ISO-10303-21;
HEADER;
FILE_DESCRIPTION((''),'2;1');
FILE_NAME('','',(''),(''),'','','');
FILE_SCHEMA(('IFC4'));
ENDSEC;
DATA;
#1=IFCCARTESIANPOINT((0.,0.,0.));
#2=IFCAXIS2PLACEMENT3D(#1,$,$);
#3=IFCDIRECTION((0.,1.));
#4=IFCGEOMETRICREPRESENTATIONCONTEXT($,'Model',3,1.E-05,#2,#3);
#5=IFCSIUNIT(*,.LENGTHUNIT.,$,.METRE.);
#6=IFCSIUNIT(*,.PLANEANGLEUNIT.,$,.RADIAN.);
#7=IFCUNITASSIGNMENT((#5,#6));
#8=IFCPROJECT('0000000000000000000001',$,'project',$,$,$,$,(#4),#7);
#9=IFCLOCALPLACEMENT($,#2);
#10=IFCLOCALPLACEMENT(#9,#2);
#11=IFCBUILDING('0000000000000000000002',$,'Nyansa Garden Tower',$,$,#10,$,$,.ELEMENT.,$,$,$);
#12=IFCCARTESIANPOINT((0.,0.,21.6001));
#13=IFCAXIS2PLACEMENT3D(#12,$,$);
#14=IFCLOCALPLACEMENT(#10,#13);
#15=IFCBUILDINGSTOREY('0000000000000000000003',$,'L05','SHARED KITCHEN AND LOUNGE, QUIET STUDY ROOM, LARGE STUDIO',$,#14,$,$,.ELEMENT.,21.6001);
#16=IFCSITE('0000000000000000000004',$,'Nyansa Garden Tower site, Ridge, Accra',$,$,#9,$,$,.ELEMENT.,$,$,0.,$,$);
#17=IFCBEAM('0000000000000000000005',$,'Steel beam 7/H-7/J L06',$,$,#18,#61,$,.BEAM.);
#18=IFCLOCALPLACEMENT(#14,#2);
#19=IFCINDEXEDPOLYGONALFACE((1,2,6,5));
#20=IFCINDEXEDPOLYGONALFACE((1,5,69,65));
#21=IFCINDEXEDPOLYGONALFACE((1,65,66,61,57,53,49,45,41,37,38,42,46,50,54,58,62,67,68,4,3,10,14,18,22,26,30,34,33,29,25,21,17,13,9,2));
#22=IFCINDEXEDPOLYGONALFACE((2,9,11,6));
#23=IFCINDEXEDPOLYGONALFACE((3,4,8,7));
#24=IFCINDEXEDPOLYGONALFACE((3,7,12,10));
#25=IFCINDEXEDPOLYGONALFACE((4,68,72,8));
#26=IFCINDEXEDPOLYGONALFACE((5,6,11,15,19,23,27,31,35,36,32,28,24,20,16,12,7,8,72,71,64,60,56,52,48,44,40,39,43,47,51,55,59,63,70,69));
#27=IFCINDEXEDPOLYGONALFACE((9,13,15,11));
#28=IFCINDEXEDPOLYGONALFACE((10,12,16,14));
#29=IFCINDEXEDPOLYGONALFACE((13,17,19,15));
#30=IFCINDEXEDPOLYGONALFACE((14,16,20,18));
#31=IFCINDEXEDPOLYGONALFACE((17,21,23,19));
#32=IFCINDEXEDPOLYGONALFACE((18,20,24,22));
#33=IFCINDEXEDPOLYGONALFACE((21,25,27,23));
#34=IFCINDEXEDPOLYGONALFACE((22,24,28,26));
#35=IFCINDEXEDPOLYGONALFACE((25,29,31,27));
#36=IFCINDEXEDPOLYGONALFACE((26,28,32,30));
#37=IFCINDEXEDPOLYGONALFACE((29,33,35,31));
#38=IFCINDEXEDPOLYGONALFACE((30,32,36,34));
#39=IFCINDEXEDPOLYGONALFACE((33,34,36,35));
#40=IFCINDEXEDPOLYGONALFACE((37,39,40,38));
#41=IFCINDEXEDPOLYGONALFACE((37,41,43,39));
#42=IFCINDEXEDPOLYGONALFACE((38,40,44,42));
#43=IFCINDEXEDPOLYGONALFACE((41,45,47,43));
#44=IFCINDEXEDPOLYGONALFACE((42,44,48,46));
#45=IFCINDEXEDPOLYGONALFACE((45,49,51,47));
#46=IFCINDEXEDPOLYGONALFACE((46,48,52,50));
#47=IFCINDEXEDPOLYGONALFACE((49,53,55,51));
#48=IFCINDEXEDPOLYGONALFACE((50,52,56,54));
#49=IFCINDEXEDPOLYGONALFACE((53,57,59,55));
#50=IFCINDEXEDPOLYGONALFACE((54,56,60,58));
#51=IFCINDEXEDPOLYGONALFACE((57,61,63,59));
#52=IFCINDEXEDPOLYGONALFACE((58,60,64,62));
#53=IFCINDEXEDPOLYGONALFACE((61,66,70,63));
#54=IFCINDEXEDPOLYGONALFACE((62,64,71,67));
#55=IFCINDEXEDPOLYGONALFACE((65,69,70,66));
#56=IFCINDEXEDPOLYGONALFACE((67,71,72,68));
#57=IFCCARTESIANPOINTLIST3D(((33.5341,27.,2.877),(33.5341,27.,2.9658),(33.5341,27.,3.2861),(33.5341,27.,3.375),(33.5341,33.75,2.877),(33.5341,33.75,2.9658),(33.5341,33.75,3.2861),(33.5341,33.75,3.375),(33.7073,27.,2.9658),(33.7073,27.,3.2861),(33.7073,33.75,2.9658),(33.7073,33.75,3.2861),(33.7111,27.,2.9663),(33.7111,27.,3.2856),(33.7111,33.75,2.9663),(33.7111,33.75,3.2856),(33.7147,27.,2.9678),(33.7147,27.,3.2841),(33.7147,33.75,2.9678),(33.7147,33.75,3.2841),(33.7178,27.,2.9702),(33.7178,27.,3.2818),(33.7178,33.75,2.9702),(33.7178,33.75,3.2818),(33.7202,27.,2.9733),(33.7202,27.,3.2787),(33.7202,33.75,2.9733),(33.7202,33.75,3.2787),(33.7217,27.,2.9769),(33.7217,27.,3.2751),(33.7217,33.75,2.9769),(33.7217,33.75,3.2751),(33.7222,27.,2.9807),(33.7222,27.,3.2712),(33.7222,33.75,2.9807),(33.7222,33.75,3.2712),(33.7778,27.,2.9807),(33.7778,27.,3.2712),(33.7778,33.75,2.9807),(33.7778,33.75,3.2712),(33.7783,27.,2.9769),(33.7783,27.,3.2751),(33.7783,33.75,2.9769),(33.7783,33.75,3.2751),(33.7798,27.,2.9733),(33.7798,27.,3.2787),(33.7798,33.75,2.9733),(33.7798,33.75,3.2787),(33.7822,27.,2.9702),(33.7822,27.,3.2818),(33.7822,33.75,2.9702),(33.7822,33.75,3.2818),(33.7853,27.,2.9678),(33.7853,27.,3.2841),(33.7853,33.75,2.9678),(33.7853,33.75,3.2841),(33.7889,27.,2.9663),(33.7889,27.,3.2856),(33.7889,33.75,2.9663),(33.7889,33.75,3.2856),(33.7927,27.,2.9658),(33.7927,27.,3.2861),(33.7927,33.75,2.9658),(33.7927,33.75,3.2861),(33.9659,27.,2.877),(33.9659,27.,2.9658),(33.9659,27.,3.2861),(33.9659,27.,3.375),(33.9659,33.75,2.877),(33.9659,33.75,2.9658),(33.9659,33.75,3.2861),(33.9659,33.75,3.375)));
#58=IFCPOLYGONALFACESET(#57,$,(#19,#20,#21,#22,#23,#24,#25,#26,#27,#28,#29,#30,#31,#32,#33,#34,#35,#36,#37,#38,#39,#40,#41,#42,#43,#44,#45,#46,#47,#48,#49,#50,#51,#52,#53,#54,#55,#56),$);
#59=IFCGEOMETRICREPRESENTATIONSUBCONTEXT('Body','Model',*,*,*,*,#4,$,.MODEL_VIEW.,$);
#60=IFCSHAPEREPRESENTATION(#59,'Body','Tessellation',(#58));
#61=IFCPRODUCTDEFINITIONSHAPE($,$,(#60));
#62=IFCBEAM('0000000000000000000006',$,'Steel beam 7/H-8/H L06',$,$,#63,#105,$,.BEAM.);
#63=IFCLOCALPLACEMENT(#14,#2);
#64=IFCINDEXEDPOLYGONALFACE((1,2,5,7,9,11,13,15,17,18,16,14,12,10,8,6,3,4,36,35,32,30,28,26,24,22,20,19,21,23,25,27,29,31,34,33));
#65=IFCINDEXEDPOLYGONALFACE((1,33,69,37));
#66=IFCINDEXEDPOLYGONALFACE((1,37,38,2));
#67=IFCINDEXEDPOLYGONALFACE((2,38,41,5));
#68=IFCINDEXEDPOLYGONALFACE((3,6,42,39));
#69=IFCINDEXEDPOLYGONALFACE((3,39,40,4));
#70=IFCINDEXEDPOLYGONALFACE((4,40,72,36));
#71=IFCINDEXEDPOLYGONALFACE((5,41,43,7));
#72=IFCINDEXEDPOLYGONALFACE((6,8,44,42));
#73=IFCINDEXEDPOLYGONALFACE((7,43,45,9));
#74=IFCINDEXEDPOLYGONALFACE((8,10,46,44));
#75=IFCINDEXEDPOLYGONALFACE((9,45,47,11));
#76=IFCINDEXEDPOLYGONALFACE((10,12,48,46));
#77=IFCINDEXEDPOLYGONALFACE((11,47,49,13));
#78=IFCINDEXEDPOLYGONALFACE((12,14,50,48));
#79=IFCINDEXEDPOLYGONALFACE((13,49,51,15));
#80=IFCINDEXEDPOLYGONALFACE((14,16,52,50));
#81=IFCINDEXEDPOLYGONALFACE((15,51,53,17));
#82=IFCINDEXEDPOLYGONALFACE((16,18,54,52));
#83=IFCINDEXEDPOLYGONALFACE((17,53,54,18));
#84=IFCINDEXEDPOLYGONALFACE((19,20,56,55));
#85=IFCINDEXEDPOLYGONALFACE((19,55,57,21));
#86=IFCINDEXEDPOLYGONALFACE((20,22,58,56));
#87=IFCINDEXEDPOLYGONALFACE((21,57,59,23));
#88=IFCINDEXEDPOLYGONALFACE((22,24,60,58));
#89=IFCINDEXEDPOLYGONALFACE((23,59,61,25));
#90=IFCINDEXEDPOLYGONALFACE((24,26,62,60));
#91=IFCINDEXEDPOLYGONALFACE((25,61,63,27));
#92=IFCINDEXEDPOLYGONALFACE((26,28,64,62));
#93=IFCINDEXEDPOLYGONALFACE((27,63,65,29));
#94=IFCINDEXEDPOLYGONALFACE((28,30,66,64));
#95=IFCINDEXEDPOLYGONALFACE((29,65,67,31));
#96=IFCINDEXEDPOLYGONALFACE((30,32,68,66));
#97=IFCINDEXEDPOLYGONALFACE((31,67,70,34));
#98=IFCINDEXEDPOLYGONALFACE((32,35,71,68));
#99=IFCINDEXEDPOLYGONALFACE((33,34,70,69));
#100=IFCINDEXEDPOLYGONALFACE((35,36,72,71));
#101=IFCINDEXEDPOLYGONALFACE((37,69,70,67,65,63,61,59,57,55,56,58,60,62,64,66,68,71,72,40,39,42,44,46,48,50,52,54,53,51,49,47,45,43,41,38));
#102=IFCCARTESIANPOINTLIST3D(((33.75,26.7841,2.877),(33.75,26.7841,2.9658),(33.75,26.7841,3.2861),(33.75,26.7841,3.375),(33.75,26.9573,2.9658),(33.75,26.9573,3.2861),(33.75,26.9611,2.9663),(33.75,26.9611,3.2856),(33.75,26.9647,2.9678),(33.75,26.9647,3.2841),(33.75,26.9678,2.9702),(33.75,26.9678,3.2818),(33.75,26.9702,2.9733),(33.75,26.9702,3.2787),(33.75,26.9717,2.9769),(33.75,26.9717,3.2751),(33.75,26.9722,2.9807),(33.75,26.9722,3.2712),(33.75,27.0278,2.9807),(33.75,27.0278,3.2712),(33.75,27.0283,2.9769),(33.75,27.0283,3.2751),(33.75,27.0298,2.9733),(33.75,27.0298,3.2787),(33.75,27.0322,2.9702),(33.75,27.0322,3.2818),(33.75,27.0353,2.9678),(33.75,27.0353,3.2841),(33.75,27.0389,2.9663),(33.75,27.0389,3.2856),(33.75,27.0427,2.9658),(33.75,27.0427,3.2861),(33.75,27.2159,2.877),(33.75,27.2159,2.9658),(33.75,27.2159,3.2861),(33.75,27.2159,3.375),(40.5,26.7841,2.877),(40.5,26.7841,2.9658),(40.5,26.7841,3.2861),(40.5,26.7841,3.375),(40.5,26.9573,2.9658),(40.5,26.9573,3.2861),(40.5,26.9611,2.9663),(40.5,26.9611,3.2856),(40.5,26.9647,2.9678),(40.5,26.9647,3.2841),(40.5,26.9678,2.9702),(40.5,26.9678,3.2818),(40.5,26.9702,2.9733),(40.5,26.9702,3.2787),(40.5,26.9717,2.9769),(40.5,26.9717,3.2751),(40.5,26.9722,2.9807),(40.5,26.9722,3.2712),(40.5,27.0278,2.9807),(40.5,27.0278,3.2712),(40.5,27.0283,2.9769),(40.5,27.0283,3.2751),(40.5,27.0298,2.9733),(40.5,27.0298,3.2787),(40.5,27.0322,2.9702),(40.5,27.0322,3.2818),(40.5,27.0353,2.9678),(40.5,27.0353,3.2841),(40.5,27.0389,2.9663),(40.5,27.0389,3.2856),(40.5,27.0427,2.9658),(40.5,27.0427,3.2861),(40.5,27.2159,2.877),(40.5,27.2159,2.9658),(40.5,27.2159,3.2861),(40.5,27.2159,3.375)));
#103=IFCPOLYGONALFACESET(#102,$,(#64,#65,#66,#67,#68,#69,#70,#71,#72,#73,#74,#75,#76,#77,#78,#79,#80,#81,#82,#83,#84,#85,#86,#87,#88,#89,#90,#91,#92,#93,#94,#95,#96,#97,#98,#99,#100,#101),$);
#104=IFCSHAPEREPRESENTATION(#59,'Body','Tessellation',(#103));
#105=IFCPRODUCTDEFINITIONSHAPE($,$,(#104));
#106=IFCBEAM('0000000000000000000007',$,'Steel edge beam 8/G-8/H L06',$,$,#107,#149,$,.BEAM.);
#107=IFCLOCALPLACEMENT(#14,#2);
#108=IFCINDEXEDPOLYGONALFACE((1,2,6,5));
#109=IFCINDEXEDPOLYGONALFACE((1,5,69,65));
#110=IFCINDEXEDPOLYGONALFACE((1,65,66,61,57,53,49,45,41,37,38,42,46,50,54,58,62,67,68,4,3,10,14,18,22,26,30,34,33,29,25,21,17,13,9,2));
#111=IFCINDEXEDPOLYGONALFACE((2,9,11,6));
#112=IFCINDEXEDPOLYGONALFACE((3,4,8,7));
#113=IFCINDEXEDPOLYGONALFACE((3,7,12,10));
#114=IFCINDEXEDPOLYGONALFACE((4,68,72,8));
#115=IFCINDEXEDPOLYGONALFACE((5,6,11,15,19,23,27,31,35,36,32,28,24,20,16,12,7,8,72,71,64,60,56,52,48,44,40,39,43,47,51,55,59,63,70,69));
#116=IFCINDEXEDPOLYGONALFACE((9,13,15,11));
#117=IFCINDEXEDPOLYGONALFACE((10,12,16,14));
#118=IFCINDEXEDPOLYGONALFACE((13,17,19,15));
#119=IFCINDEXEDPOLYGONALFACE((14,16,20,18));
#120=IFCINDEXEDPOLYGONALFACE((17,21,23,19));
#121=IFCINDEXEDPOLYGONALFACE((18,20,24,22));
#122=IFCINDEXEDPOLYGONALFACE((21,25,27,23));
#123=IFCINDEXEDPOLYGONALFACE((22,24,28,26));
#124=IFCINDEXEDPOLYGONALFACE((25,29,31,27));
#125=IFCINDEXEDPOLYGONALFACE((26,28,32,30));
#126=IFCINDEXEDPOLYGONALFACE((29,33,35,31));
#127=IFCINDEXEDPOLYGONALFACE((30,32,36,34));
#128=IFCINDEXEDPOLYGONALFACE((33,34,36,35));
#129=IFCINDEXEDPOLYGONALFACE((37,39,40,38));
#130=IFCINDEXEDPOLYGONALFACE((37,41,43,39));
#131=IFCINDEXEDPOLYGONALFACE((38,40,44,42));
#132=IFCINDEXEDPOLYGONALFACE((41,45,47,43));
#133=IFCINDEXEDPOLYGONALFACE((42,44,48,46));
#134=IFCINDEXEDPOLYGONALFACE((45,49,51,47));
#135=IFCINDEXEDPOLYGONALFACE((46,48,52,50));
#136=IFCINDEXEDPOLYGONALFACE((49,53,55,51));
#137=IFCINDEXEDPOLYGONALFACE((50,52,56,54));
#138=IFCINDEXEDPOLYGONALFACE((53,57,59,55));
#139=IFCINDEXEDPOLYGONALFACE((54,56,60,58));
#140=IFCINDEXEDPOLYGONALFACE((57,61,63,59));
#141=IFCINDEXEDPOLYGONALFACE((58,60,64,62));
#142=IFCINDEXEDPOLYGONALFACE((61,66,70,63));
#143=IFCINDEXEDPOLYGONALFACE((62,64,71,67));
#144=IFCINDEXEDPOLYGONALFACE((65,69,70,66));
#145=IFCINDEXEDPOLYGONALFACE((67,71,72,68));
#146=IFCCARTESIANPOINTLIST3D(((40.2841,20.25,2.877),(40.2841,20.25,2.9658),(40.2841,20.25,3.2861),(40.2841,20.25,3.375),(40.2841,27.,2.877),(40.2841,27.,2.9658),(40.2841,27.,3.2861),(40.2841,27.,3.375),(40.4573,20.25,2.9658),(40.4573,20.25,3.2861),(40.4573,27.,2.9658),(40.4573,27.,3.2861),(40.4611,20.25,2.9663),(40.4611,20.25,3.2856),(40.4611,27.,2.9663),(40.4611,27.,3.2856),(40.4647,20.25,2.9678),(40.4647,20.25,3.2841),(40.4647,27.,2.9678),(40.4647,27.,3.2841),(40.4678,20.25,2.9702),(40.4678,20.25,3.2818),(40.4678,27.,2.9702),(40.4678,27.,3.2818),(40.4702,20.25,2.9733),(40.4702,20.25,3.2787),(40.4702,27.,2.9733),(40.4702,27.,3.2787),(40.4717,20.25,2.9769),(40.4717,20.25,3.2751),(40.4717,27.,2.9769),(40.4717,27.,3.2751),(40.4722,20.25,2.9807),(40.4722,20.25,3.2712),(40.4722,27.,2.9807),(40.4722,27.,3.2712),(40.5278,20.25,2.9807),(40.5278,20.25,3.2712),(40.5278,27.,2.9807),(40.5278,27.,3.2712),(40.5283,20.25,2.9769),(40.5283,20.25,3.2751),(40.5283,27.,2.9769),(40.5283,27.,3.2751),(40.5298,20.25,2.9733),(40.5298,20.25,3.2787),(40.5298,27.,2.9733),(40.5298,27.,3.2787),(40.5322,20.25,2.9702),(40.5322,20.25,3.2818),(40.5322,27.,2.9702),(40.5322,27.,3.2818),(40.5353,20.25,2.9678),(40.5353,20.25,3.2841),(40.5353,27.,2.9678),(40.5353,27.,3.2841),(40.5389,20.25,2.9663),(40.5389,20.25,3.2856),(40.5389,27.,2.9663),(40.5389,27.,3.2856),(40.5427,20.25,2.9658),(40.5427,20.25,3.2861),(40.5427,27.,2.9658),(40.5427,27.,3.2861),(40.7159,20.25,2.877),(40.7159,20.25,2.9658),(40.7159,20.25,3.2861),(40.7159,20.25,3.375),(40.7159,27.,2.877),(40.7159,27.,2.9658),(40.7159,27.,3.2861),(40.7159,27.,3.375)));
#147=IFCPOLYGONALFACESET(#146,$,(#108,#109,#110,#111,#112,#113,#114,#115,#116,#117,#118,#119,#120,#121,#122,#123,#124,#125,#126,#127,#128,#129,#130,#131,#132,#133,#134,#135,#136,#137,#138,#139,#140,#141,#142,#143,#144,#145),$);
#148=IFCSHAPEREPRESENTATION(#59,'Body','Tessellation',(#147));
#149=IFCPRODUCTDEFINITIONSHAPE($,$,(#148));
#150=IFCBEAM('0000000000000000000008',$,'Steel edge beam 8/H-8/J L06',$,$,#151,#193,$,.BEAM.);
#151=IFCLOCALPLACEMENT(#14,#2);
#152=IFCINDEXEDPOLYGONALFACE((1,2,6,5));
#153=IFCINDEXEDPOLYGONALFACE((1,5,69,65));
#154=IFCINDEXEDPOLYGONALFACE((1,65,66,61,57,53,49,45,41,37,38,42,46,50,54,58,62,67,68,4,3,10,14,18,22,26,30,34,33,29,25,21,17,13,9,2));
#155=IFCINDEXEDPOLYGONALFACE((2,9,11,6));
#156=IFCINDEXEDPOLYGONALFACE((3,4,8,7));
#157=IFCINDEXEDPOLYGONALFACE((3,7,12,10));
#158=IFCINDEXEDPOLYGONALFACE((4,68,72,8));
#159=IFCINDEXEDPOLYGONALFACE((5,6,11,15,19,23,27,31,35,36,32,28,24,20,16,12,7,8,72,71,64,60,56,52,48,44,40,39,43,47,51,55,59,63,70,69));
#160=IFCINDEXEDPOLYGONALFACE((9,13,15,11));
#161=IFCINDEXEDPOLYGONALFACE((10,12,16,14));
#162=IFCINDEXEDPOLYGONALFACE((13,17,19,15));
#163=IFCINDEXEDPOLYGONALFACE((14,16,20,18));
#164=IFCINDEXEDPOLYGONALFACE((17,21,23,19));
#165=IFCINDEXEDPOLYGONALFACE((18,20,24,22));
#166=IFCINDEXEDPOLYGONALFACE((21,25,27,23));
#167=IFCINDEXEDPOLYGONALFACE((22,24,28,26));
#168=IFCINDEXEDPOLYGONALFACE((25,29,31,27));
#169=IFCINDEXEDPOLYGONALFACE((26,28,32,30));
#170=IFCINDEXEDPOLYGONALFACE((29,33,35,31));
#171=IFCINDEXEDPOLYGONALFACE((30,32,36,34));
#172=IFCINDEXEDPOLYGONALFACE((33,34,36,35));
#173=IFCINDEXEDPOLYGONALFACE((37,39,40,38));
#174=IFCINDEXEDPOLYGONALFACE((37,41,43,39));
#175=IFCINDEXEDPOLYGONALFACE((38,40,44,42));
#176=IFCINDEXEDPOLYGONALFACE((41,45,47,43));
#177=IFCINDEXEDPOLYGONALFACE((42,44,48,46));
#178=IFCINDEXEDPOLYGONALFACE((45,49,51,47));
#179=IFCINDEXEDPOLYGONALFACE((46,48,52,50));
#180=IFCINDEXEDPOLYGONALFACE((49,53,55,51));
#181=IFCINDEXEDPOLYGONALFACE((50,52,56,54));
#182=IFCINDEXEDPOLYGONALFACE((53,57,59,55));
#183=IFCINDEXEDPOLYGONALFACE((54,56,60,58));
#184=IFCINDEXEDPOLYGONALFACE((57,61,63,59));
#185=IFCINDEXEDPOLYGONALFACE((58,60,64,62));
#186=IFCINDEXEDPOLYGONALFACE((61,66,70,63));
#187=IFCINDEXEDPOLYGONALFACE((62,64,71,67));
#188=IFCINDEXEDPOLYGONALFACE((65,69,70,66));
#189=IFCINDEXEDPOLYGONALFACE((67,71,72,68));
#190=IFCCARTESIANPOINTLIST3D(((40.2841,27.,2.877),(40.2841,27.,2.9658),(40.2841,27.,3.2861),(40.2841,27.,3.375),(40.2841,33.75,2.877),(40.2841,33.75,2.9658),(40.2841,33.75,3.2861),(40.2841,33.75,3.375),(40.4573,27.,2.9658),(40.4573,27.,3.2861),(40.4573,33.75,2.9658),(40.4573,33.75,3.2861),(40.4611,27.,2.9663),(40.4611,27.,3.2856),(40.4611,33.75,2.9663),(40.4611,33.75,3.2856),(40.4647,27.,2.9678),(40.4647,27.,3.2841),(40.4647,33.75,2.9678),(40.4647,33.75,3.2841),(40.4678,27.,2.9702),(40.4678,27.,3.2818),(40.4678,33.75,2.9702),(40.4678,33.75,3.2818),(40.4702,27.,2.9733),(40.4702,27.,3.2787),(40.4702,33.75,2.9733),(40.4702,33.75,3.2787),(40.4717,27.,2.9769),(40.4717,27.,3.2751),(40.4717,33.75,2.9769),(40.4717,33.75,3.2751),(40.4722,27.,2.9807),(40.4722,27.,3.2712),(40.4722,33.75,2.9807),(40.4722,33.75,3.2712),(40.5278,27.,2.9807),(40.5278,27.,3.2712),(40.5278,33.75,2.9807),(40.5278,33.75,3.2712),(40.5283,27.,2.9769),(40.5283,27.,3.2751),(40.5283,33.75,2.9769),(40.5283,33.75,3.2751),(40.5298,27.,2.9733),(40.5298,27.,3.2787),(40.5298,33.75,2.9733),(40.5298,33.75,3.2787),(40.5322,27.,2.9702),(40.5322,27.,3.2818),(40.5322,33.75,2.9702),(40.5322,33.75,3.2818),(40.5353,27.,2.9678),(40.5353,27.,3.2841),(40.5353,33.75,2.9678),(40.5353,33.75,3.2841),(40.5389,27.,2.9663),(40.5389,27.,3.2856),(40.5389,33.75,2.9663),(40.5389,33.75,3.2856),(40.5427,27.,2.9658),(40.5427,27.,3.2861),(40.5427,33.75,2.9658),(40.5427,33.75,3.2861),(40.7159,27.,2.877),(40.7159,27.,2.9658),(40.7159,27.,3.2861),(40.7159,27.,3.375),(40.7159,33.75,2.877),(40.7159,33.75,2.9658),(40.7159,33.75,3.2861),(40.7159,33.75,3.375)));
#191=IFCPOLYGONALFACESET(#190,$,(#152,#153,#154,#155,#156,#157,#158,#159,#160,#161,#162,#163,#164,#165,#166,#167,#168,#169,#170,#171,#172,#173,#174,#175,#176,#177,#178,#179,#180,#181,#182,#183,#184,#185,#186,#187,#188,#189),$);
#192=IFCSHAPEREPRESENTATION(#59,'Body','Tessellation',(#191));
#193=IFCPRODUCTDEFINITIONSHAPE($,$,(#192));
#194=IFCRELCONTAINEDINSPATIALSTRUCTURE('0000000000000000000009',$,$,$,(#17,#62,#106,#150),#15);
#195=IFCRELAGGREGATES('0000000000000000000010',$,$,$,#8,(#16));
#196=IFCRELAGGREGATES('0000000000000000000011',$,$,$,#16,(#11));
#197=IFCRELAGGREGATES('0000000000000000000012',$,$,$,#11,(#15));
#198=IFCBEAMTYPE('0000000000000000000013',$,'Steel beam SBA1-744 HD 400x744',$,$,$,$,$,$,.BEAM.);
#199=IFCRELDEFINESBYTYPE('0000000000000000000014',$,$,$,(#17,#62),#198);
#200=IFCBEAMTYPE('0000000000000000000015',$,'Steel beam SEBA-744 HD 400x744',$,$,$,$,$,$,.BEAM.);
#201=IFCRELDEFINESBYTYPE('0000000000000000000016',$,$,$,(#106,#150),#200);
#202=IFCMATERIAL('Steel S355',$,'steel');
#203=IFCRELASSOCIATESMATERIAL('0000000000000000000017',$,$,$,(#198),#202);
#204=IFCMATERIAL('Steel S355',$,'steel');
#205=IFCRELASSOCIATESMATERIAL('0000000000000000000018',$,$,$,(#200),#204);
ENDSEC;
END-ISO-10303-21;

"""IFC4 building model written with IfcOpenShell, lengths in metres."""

from ifc_helpers import new_model, si_unit, direction, frame, origin, origin_2d, place, context, subcontext, project, spatial, i_section, extrude, material, material_profile, profile_set, type_object, element, save


model = new_model("IFC4")

# Units and contexts
model_context = context("Model", 3, precision=1e-05, world=origin(), true_north=direction((0.0, 1.0)))
body_context = subcontext(model_context, "Body", "Model", "MODEL_VIEW")
ifc_project = project(units=[si_unit("LENGTHUNIT", "METRE"), si_unit("PLANEANGLEUNIT", "RADIAN")], contexts=[model_context])

# Site, building, storey
site_placement = place(None, origin())
site = spatial("IfcSite", under=ifc_project, at=site_placement, Name="Nyansa Garden Tower site, Ridge, Accra", CompositionType="ELEMENT", RefElevation=0.0)
building_placement = place(site_placement, origin())
building = spatial("IfcBuilding", under=site, at=building_placement, Name="Nyansa Garden Tower", CompositionType="ELEMENT")
storey_placement = place(building_placement, frame((0.0, 0.0, 21.6001)))
storey = spatial("IfcBuildingStorey", under=building, at=storey_placement, Name="L05", Description="SHARED KITCHEN AND LOUNGE, QUIET STUDY ROOM, LARGE STUDIO", CompositionType="ELEMENT", Elevation=21.6001)

# Beams
ifc_material_1 = material(Name="Steel S355", Category="steel")
ifc_material_profile_1 = material_profile(ifc_material_1, i_section(OverallWidth=0.4319, OverallDepth=0.498, WebThickness=0.0557, FlangeThickness=0.0889, FilletRadius=0.0149, at=origin_2d()), Name="HD 400x744")
ifc_profile_set_1 = profile_set([ifc_material_profile_1], Name="Steel S355")
beam_type_1 = type_object("IfcBeamType", Name="Steel beam SBA1-744 HD 400x744", PredefinedType="BEAM", material=ifc_profile_set_1)
for number, where, z_axis, x_axis, name in (
    (1, (33.75, 27.0, 3.126), (0.0, 1.0, 0.0), (-1.0, 0.0, 0.0), "Steel beam 7/H-7/J L06"),
    (2, (33.75, 27.0, 3.126), (1.0, 0.0, 0.0), (0.0, 1.0, 0.0), "Steel beam 7/H-8/H L06"),
):
    element("IfcBeam", number, at=place(storey_placement, frame(where, z_axis=z_axis, x_axis=x_axis)), inside=storey, type_object=beam_type_1, Name=name, PredefinedType="BEAM", context=body_context, shape_type="SweptSolid", body=[
        extrude(i_section(OverallWidth=0.4319, OverallDepth=0.498, WebThickness=0.0557, FlangeThickness=0.0889, FilletRadius=0.0149, at=origin_2d()), origin(), (0.0, 0.0, 1.0), 6.75),
    ])
ifc_material_2 = material(Name="Steel S355", Category="steel")
ifc_material_profile_2 = material_profile(ifc_material_2, i_section(OverallWidth=0.4319, OverallDepth=0.498, WebThickness=0.0557, FlangeThickness=0.0889, FilletRadius=0.0149, at=origin_2d()), Name="HD 400x744")
ifc_profile_set_2 = profile_set([ifc_material_profile_2], Name="Steel S355")
beam_type_2 = type_object("IfcBeamType", Name="Steel beam SEBA-744 HD 400x744", PredefinedType="BEAM", material=ifc_profile_set_2)
for number, where, z_axis, x_axis, name in (
    (3, (40.5, 20.25, 3.126), (0.0, 1.0, 0.0), (-1.0, 0.0, 0.0), "Steel edge beam 8/G-8/H L06"),
    (4, (40.5, 27.0, 3.126), (0.0, 1.0, 0.0), (-1.0, 0.0, 0.0), "Steel edge beam 8/H-8/J L06"),
):
    element("IfcBeam", number, at=place(storey_placement, frame(where, z_axis=z_axis, x_axis=x_axis)), inside=storey, type_object=beam_type_2, Name=name, PredefinedType="BEAM", context=body_context, shape_type="SweptSolid", body=[
        extrude(i_section(OverallWidth=0.4319, OverallDepth=0.498, WebThickness=0.0557, FlangeThickness=0.0889, FilletRadius=0.0149, at=origin_2d()), origin(), (0.0, 0.0, 1.0), 6.75),
    ])

save(model, "model.ifc")
